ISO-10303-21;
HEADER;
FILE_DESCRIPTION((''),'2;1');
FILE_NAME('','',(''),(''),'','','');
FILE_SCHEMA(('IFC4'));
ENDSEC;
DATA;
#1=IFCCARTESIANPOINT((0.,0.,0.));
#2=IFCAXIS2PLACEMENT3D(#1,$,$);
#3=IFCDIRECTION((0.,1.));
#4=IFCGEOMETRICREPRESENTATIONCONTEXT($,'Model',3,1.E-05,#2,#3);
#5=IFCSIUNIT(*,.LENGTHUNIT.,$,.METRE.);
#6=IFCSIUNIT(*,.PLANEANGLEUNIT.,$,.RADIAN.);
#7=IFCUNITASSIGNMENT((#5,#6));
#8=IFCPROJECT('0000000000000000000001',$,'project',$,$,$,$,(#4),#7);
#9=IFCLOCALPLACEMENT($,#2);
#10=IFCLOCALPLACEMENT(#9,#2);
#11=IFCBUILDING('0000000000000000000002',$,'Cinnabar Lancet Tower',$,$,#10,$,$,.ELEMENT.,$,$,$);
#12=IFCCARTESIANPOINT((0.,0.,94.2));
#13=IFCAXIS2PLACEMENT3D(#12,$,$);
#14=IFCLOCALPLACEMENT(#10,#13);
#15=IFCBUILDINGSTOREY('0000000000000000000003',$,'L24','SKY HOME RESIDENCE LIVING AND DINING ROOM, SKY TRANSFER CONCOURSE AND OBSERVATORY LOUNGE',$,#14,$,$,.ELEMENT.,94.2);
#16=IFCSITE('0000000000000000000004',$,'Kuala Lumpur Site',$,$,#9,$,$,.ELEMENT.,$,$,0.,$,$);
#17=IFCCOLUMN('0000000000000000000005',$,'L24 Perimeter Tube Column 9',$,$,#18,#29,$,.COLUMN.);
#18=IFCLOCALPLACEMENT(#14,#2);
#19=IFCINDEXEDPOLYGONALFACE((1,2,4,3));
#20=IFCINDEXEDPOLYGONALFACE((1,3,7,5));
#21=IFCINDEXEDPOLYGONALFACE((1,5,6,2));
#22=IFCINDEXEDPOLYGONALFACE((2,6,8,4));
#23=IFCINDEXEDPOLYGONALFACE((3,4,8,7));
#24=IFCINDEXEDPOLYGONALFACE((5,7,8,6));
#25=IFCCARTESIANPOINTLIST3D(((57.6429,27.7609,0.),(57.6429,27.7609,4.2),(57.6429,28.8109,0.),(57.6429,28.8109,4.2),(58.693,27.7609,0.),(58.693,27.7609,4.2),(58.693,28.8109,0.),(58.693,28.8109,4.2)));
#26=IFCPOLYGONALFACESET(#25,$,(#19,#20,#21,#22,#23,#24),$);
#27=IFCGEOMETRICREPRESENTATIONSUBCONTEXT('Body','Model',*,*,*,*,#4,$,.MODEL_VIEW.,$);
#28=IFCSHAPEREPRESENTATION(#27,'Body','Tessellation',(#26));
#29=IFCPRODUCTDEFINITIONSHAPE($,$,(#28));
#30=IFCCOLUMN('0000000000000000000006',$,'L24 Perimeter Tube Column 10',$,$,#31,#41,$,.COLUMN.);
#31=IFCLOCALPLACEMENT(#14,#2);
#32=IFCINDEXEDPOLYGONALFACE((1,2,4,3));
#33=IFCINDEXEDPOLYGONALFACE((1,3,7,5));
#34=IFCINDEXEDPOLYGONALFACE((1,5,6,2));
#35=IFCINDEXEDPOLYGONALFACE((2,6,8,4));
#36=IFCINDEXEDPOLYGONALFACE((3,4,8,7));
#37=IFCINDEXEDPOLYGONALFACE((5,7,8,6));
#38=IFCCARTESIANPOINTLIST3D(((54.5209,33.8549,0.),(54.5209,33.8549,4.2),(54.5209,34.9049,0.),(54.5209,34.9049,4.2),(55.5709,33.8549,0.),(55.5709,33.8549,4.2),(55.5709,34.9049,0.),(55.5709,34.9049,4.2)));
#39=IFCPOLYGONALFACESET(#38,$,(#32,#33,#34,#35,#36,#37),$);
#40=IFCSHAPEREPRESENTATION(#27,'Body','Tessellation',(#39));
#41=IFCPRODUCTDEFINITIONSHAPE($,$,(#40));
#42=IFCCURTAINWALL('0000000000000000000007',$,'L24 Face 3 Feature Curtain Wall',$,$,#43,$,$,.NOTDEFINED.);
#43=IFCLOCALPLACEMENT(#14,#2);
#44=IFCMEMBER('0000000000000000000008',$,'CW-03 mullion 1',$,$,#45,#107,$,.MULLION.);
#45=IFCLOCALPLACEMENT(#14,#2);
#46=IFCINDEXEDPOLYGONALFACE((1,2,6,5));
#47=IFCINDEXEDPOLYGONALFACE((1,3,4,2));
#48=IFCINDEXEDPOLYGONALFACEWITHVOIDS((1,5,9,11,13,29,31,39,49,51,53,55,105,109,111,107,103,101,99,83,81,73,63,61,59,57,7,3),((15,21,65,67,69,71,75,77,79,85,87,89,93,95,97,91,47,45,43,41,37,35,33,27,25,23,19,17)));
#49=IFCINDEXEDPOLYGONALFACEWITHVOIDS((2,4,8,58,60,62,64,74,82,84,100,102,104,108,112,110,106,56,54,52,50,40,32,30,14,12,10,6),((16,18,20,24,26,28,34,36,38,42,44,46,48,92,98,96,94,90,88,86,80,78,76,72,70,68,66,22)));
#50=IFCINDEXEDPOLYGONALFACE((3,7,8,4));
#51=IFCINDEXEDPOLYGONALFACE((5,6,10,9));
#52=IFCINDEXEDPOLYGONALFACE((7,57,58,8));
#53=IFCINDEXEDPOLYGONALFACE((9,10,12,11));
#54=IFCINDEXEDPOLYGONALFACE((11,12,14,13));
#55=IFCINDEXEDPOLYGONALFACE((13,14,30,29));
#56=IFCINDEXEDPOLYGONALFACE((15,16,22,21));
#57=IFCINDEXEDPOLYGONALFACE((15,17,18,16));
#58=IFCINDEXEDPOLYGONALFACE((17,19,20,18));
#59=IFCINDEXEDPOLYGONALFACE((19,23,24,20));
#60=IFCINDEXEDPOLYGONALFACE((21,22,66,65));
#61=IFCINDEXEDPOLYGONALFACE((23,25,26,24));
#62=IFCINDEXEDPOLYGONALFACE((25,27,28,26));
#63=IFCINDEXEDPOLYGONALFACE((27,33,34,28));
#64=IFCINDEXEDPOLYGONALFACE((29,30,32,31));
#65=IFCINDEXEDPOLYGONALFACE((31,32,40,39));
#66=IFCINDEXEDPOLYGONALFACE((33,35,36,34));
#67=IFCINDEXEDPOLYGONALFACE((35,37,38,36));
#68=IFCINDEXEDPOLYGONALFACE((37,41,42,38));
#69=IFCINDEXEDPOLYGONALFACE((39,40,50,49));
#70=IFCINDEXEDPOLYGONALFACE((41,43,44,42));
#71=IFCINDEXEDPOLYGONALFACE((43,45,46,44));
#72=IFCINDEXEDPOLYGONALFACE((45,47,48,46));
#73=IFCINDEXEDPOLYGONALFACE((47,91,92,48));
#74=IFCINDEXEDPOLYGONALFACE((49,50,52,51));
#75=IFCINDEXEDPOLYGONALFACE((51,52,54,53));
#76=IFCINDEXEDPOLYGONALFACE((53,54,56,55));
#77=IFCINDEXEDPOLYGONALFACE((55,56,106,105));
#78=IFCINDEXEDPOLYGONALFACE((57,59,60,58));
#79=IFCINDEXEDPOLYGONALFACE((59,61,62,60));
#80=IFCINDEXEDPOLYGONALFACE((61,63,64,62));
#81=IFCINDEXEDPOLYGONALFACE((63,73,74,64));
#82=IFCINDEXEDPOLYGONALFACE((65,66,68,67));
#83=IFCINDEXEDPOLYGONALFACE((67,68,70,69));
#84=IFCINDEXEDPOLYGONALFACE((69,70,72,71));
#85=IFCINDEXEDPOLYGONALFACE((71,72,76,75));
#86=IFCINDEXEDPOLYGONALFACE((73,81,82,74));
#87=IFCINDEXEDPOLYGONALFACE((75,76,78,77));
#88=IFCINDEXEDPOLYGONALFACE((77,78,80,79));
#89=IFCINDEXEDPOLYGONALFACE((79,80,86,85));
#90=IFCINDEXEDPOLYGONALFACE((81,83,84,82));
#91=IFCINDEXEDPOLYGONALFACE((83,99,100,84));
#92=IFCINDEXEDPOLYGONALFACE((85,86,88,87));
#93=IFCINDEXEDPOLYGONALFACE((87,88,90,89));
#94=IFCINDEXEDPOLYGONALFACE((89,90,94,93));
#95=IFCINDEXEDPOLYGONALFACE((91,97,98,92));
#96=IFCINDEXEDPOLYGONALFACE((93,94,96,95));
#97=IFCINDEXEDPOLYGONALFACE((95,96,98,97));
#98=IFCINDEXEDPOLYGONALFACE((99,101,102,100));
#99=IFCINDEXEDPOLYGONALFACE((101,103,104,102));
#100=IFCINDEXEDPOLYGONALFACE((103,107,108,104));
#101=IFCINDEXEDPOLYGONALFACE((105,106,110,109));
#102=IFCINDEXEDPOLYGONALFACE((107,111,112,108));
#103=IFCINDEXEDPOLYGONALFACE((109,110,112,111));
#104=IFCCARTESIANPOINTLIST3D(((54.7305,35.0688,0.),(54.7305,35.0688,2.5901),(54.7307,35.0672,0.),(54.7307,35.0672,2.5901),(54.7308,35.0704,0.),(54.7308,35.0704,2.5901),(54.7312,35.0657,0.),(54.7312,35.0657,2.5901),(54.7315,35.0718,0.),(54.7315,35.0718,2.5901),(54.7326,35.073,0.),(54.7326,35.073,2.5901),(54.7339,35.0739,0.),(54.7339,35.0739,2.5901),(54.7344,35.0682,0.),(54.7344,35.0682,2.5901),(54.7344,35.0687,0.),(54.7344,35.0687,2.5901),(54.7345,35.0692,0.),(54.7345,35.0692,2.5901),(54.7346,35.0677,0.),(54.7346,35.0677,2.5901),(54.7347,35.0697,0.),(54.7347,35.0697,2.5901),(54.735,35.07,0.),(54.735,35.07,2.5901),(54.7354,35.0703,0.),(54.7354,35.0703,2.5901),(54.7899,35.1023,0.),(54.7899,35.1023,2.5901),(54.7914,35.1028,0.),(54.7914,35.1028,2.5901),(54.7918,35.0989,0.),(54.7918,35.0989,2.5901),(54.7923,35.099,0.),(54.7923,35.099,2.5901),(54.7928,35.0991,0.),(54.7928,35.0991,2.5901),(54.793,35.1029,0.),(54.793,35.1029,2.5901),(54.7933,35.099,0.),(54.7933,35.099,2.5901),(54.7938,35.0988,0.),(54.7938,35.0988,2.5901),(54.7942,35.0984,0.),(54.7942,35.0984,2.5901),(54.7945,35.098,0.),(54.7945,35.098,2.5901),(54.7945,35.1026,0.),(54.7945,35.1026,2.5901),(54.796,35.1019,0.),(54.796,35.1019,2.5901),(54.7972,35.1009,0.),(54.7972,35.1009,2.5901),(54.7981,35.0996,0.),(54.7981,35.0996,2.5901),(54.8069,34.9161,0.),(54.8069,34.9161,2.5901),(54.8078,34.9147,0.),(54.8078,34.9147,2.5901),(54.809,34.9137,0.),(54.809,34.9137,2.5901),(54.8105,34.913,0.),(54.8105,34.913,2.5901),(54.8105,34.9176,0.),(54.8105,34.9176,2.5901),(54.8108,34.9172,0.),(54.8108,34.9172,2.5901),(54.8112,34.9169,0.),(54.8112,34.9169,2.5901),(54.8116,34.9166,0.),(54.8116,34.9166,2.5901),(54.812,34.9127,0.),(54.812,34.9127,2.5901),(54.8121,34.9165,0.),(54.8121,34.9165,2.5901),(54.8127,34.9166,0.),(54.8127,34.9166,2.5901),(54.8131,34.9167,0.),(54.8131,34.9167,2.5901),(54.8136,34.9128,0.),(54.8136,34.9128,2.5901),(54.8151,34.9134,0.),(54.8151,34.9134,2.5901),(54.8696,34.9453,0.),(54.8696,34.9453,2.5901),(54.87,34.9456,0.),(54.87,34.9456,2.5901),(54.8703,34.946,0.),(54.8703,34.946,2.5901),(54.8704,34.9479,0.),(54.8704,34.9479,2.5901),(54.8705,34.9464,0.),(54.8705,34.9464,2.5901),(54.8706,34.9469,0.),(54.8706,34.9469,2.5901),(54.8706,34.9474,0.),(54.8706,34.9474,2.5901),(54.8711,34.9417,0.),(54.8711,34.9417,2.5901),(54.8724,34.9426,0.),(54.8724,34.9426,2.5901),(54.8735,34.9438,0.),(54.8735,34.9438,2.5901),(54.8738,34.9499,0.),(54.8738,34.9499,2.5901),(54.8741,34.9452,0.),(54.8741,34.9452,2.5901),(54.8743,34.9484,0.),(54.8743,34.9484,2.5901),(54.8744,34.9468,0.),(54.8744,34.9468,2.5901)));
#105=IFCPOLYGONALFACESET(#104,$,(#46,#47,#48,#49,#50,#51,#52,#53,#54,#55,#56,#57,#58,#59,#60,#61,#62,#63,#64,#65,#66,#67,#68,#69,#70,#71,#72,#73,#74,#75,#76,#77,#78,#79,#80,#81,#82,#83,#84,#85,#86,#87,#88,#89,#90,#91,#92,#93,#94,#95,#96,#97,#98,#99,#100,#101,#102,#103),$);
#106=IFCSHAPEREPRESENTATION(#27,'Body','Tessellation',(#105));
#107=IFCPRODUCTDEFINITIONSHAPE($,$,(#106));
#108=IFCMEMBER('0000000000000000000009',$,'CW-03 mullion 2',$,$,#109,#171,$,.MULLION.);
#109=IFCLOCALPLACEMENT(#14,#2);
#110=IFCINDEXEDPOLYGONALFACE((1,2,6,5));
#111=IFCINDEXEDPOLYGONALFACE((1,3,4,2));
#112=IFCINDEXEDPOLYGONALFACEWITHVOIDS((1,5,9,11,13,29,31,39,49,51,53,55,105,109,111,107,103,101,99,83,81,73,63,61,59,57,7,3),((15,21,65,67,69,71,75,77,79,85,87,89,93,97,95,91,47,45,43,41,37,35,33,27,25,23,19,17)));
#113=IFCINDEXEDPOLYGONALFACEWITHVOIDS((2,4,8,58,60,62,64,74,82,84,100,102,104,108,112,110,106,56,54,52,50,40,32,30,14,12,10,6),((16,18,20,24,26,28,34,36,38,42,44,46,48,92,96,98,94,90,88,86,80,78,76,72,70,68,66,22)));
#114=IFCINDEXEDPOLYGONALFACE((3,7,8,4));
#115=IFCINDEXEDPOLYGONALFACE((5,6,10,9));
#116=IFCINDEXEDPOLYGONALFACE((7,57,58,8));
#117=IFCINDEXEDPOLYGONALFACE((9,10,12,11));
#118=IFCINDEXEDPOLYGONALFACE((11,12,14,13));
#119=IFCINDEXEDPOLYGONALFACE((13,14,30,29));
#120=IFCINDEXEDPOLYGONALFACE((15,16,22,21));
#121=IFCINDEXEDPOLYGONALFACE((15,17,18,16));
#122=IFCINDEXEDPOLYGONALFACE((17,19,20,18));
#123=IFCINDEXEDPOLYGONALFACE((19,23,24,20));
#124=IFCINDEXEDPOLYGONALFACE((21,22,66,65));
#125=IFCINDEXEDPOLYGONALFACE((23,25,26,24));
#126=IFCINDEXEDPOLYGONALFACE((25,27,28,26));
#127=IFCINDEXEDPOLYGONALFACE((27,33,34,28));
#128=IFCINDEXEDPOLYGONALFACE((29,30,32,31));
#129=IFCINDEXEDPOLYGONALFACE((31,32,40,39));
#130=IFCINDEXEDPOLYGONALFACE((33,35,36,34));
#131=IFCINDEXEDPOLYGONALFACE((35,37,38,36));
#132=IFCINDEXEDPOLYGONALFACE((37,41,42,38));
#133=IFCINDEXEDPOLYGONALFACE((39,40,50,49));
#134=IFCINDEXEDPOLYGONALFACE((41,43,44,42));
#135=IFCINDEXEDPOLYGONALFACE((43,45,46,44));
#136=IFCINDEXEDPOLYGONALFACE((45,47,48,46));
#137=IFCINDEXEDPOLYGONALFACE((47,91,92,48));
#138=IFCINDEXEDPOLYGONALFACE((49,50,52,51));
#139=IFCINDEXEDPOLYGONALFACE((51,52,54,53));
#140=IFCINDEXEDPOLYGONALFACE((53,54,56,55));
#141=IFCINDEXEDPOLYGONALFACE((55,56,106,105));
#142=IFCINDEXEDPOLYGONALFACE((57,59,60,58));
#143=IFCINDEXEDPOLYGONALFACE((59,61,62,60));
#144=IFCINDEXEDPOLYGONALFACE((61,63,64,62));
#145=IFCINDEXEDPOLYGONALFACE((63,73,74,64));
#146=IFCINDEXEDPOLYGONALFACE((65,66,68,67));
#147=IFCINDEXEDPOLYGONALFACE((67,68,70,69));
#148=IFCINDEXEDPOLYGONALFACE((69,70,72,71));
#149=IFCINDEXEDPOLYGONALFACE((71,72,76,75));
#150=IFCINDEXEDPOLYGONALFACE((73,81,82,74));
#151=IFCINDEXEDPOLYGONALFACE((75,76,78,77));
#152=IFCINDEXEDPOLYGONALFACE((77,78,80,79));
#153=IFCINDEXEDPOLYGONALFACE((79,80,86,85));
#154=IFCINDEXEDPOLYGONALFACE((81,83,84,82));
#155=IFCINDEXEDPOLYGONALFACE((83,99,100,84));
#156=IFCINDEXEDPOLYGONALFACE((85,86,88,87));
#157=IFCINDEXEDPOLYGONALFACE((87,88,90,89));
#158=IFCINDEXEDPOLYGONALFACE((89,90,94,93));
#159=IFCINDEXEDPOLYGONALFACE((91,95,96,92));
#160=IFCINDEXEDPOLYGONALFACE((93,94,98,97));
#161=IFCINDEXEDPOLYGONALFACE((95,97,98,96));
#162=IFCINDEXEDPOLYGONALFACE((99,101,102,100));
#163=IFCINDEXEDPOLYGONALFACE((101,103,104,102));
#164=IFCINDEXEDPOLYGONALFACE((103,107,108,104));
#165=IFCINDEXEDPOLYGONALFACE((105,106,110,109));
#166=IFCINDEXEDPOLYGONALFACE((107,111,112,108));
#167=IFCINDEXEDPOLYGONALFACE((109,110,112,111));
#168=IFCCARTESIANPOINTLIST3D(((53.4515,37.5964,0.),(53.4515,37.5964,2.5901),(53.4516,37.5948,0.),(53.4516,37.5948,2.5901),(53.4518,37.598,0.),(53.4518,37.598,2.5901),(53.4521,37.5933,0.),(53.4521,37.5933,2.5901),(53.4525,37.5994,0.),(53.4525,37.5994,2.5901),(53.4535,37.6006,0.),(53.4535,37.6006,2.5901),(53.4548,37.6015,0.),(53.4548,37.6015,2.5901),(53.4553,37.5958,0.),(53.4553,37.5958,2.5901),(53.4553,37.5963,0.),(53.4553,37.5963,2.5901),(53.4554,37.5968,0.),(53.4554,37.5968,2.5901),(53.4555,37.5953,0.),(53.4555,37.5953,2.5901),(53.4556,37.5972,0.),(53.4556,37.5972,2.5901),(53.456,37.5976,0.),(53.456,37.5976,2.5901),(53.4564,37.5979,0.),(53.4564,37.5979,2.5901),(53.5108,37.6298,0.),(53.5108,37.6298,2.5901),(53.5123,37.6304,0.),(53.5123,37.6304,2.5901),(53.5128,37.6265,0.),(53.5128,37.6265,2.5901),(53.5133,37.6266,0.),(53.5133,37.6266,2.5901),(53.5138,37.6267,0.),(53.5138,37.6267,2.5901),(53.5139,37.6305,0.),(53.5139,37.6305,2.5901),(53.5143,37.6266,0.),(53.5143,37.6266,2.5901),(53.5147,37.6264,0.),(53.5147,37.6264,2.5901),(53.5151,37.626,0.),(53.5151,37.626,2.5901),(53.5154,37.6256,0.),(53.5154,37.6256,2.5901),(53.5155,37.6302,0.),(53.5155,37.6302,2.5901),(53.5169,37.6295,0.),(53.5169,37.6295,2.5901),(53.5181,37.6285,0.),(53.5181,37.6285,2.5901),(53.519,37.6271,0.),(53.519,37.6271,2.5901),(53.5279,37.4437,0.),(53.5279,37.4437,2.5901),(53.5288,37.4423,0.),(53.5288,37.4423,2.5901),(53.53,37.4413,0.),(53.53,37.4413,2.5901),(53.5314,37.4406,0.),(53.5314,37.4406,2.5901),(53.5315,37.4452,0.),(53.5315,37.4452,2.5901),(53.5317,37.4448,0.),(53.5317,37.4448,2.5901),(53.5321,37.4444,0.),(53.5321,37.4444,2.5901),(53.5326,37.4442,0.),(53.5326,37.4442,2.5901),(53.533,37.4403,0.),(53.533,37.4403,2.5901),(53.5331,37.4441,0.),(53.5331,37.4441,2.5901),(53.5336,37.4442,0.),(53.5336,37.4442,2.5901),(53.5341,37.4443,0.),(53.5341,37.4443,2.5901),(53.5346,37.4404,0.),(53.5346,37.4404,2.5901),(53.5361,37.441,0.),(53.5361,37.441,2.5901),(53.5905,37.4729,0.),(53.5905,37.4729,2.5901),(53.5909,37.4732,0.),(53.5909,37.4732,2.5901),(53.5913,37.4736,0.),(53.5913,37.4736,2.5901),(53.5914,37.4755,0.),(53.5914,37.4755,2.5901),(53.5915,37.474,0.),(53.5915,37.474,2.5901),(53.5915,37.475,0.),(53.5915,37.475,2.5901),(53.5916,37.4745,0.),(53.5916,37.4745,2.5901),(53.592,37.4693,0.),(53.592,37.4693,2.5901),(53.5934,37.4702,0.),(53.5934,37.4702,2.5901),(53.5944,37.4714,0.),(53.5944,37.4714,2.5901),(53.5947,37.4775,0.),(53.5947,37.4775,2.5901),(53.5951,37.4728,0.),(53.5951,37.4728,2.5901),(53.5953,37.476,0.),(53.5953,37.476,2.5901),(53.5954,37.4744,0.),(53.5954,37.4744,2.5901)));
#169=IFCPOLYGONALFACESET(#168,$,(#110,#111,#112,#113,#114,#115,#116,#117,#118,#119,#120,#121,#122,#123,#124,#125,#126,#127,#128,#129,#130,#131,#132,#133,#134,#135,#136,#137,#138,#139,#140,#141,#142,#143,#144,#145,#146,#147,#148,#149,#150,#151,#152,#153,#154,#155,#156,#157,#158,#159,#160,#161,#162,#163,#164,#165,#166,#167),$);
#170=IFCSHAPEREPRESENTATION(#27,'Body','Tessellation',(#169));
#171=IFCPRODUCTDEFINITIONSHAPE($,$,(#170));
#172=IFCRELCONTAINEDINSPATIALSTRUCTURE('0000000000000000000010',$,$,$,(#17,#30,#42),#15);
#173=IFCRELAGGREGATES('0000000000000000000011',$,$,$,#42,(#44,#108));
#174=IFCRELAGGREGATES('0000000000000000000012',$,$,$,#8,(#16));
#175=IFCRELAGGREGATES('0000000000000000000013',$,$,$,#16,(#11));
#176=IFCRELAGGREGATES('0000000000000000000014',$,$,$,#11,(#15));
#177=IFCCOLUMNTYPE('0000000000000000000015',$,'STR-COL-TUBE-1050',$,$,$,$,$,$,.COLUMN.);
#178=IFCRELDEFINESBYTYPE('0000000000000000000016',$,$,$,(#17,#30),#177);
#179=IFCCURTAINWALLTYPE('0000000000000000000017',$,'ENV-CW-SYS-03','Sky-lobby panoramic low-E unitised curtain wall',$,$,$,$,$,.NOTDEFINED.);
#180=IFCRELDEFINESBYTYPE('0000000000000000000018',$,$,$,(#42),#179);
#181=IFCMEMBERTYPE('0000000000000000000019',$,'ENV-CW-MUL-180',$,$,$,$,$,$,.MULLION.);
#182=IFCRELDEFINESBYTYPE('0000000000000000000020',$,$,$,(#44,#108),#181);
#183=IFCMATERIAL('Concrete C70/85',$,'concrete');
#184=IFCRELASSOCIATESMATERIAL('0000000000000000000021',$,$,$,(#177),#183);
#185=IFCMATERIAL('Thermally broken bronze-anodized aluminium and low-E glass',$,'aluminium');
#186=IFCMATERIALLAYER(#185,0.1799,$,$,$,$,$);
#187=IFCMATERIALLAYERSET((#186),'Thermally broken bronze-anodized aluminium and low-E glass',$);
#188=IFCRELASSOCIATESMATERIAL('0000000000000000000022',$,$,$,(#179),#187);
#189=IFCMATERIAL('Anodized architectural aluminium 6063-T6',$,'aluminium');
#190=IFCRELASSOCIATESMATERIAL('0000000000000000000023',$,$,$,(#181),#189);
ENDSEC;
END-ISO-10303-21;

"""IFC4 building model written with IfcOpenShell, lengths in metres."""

from ifc_helpers import new_model, si_unit, direction, frame, origin, origin_2d, place, context, subcontext, project, spatial, rectangle, hollow_rectangle, extrude, material, layer, layer_set, material_profile, profile_set, type_object, element, aggregate, save


model = new_model("IFC4")

# Units and contexts
model_context = context("Model", 3, precision=1e-05, world=origin(), true_north=direction((0.0, 1.0)))
body_context = subcontext(model_context, "Body", "Model", "MODEL_VIEW")
ifc_project = project(units=[si_unit("LENGTHUNIT", "METRE"), si_unit("PLANEANGLEUNIT", "RADIAN")], contexts=[model_context])

# Site, building, storey
site_placement = place(None, origin())
site = spatial("IfcSite", under=ifc_project, at=site_placement, Name="Kuala Lumpur Site", CompositionType="ELEMENT", RefElevation=0.0)
building_placement = place(site_placement, origin())
building = spatial("IfcBuilding", under=site, at=building_placement, Name="Cinnabar Lancet Tower", CompositionType="ELEMENT")
storey_placement = place(building_placement, frame((0.0, 0.0, 94.2)))
storey = spatial("IfcBuildingStorey", under=building, at=storey_placement, Name="L24", Description="SKY HOME RESIDENCE LIVING AND DINING ROOM, SKY TRANSFER CONCOURSE AND OBSERVATORY LOUNGE", CompositionType="ELEMENT", Elevation=94.2)

# Columns
ifc_material_1 = material(Name="Concrete C70/85", Category="concrete")
ifc_material_profile_1 = material_profile(ifc_material_1, rectangle(XDim=1.05, YDim=1.05, at=origin_2d()), Name="RC-COL 1050x1050")
ifc_profile_set_1 = profile_set([ifc_material_profile_1], Name="Concrete C70/85")
column_type = type_object("IfcColumnType", Name="STR-COL-TUBE-1050", PredefinedType="COLUMN", material=ifc_profile_set_1)
for number, where, z_axis, x_axis, name in (
    (1, (58.168, 28.2859, 0.0), (0.0, 0.0, 1.0), (1.0, 0.0, 0.0), "L24 Perimeter Tube Column 9"),
    (2, (55.0459, 34.3799, 0.0), (0.0, 0.0, 1.0), (1.0, 0.0, 0.0), "L24 Perimeter Tube Column 10"),
):
    element("IfcColumn", number, at=place(storey_placement, frame(where, z_axis=z_axis, x_axis=x_axis)), inside=storey, type_object=column_type, Name=name, PredefinedType="COLUMN", context=body_context, shape_type="SweptSolid", body=[
        extrude(rectangle(XDim=1.05, YDim=1.05, at=origin_2d()), origin(), (0.0, 0.0, 1.0), 4.2),
    ])

# Curtain wall, members
ifc_material_2 = material(Name="Thermally broken bronze-anodized aluminium and low-E glass", Category="aluminium")
ifc_layer_1 = layer(ifc_material_2, 0.1799)
ifc_layer_set_1 = layer_set([ifc_layer_1], Name="Thermally broken bronze-anodized aluminium and low-E glass")
curtain_wall_type = type_object("IfcCurtainWallType", Name="ENV-CW-SYS-03", Description="Sky-lobby panoramic low-E unitised curtain wall", PredefinedType="NOTDEFINED", material=ifc_layer_set_1)
curtain_wall_placement = place(storey_placement, origin())
curtain_wall = element("IfcCurtainWall", 3, at=curtain_wall_placement, inside=storey, type_object=curtain_wall_type, Name="L24 Face 3 Feature Curtain Wall", PredefinedType="NOTDEFINED")
ifc_material_3 = material(Name="Anodized architectural aluminium 6063-T6", Category="aluminium")
ifc_material_profile_2 = material_profile(ifc_material_3, hollow_rectangle(XDim=0.075, YDim=0.1799, WallThickness=0.0039, InnerFilletRadius=0.002, OuterFilletRadius=0.0061, at=origin_2d()), Name="CW-MUL 180x75x4")
ifc_profile_set_2 = profile_set([ifc_material_profile_2], Name="Anodized architectural aluminium 6063-T6")
member_type_1 = type_object("IfcMemberType", Name="ENV-CW-MUL-180", PredefinedType="MULLION", material=ifc_profile_set_2)
member_1_placement = place(storey_placement, frame((54.8025, 35.0078, 0.0), z_axis=(0.0, 0.0, 1.0), x_axis=(-0.892286, -0.45147, 0.0)))
member_1 = element("IfcMember", 4, at=member_1_placement, type_object=member_type_1, Name="CW-03 mullion 1", PredefinedType="MULLION", context=body_context, shape_type="SweptSolid", body=[
    extrude(hollow_rectangle(XDim=0.075, YDim=0.1799, WallThickness=0.0039, InnerFilletRadius=0.002, OuterFilletRadius=0.0061, at=origin_2d()), origin(), (0.0, 0.0, 1.0), 2.5901),
])
member_2_placement = place(storey_placement, frame((53.5234, 37.5354, 0.0), z_axis=(0.0, 0.0, 1.0), x_axis=(-0.892286, -0.45147, 0.0)))
member_2 = element("IfcMember", 5, at=member_2_placement, type_object=member_type_1, Name="CW-03 mullion 2", PredefinedType="MULLION", context=body_context, shape_type="SweptSolid", body=[
    extrude(hollow_rectangle(XDim=0.075, YDim=0.1799, WallThickness=0.0039, InnerFilletRadius=0.002, OuterFilletRadius=0.0061, at=origin_2d()), origin(), (0.0, 0.0, 1.0), 2.5901),
])

aggregate(curtain_wall, [member_1, member_2])

save(model, "model.ifc")
